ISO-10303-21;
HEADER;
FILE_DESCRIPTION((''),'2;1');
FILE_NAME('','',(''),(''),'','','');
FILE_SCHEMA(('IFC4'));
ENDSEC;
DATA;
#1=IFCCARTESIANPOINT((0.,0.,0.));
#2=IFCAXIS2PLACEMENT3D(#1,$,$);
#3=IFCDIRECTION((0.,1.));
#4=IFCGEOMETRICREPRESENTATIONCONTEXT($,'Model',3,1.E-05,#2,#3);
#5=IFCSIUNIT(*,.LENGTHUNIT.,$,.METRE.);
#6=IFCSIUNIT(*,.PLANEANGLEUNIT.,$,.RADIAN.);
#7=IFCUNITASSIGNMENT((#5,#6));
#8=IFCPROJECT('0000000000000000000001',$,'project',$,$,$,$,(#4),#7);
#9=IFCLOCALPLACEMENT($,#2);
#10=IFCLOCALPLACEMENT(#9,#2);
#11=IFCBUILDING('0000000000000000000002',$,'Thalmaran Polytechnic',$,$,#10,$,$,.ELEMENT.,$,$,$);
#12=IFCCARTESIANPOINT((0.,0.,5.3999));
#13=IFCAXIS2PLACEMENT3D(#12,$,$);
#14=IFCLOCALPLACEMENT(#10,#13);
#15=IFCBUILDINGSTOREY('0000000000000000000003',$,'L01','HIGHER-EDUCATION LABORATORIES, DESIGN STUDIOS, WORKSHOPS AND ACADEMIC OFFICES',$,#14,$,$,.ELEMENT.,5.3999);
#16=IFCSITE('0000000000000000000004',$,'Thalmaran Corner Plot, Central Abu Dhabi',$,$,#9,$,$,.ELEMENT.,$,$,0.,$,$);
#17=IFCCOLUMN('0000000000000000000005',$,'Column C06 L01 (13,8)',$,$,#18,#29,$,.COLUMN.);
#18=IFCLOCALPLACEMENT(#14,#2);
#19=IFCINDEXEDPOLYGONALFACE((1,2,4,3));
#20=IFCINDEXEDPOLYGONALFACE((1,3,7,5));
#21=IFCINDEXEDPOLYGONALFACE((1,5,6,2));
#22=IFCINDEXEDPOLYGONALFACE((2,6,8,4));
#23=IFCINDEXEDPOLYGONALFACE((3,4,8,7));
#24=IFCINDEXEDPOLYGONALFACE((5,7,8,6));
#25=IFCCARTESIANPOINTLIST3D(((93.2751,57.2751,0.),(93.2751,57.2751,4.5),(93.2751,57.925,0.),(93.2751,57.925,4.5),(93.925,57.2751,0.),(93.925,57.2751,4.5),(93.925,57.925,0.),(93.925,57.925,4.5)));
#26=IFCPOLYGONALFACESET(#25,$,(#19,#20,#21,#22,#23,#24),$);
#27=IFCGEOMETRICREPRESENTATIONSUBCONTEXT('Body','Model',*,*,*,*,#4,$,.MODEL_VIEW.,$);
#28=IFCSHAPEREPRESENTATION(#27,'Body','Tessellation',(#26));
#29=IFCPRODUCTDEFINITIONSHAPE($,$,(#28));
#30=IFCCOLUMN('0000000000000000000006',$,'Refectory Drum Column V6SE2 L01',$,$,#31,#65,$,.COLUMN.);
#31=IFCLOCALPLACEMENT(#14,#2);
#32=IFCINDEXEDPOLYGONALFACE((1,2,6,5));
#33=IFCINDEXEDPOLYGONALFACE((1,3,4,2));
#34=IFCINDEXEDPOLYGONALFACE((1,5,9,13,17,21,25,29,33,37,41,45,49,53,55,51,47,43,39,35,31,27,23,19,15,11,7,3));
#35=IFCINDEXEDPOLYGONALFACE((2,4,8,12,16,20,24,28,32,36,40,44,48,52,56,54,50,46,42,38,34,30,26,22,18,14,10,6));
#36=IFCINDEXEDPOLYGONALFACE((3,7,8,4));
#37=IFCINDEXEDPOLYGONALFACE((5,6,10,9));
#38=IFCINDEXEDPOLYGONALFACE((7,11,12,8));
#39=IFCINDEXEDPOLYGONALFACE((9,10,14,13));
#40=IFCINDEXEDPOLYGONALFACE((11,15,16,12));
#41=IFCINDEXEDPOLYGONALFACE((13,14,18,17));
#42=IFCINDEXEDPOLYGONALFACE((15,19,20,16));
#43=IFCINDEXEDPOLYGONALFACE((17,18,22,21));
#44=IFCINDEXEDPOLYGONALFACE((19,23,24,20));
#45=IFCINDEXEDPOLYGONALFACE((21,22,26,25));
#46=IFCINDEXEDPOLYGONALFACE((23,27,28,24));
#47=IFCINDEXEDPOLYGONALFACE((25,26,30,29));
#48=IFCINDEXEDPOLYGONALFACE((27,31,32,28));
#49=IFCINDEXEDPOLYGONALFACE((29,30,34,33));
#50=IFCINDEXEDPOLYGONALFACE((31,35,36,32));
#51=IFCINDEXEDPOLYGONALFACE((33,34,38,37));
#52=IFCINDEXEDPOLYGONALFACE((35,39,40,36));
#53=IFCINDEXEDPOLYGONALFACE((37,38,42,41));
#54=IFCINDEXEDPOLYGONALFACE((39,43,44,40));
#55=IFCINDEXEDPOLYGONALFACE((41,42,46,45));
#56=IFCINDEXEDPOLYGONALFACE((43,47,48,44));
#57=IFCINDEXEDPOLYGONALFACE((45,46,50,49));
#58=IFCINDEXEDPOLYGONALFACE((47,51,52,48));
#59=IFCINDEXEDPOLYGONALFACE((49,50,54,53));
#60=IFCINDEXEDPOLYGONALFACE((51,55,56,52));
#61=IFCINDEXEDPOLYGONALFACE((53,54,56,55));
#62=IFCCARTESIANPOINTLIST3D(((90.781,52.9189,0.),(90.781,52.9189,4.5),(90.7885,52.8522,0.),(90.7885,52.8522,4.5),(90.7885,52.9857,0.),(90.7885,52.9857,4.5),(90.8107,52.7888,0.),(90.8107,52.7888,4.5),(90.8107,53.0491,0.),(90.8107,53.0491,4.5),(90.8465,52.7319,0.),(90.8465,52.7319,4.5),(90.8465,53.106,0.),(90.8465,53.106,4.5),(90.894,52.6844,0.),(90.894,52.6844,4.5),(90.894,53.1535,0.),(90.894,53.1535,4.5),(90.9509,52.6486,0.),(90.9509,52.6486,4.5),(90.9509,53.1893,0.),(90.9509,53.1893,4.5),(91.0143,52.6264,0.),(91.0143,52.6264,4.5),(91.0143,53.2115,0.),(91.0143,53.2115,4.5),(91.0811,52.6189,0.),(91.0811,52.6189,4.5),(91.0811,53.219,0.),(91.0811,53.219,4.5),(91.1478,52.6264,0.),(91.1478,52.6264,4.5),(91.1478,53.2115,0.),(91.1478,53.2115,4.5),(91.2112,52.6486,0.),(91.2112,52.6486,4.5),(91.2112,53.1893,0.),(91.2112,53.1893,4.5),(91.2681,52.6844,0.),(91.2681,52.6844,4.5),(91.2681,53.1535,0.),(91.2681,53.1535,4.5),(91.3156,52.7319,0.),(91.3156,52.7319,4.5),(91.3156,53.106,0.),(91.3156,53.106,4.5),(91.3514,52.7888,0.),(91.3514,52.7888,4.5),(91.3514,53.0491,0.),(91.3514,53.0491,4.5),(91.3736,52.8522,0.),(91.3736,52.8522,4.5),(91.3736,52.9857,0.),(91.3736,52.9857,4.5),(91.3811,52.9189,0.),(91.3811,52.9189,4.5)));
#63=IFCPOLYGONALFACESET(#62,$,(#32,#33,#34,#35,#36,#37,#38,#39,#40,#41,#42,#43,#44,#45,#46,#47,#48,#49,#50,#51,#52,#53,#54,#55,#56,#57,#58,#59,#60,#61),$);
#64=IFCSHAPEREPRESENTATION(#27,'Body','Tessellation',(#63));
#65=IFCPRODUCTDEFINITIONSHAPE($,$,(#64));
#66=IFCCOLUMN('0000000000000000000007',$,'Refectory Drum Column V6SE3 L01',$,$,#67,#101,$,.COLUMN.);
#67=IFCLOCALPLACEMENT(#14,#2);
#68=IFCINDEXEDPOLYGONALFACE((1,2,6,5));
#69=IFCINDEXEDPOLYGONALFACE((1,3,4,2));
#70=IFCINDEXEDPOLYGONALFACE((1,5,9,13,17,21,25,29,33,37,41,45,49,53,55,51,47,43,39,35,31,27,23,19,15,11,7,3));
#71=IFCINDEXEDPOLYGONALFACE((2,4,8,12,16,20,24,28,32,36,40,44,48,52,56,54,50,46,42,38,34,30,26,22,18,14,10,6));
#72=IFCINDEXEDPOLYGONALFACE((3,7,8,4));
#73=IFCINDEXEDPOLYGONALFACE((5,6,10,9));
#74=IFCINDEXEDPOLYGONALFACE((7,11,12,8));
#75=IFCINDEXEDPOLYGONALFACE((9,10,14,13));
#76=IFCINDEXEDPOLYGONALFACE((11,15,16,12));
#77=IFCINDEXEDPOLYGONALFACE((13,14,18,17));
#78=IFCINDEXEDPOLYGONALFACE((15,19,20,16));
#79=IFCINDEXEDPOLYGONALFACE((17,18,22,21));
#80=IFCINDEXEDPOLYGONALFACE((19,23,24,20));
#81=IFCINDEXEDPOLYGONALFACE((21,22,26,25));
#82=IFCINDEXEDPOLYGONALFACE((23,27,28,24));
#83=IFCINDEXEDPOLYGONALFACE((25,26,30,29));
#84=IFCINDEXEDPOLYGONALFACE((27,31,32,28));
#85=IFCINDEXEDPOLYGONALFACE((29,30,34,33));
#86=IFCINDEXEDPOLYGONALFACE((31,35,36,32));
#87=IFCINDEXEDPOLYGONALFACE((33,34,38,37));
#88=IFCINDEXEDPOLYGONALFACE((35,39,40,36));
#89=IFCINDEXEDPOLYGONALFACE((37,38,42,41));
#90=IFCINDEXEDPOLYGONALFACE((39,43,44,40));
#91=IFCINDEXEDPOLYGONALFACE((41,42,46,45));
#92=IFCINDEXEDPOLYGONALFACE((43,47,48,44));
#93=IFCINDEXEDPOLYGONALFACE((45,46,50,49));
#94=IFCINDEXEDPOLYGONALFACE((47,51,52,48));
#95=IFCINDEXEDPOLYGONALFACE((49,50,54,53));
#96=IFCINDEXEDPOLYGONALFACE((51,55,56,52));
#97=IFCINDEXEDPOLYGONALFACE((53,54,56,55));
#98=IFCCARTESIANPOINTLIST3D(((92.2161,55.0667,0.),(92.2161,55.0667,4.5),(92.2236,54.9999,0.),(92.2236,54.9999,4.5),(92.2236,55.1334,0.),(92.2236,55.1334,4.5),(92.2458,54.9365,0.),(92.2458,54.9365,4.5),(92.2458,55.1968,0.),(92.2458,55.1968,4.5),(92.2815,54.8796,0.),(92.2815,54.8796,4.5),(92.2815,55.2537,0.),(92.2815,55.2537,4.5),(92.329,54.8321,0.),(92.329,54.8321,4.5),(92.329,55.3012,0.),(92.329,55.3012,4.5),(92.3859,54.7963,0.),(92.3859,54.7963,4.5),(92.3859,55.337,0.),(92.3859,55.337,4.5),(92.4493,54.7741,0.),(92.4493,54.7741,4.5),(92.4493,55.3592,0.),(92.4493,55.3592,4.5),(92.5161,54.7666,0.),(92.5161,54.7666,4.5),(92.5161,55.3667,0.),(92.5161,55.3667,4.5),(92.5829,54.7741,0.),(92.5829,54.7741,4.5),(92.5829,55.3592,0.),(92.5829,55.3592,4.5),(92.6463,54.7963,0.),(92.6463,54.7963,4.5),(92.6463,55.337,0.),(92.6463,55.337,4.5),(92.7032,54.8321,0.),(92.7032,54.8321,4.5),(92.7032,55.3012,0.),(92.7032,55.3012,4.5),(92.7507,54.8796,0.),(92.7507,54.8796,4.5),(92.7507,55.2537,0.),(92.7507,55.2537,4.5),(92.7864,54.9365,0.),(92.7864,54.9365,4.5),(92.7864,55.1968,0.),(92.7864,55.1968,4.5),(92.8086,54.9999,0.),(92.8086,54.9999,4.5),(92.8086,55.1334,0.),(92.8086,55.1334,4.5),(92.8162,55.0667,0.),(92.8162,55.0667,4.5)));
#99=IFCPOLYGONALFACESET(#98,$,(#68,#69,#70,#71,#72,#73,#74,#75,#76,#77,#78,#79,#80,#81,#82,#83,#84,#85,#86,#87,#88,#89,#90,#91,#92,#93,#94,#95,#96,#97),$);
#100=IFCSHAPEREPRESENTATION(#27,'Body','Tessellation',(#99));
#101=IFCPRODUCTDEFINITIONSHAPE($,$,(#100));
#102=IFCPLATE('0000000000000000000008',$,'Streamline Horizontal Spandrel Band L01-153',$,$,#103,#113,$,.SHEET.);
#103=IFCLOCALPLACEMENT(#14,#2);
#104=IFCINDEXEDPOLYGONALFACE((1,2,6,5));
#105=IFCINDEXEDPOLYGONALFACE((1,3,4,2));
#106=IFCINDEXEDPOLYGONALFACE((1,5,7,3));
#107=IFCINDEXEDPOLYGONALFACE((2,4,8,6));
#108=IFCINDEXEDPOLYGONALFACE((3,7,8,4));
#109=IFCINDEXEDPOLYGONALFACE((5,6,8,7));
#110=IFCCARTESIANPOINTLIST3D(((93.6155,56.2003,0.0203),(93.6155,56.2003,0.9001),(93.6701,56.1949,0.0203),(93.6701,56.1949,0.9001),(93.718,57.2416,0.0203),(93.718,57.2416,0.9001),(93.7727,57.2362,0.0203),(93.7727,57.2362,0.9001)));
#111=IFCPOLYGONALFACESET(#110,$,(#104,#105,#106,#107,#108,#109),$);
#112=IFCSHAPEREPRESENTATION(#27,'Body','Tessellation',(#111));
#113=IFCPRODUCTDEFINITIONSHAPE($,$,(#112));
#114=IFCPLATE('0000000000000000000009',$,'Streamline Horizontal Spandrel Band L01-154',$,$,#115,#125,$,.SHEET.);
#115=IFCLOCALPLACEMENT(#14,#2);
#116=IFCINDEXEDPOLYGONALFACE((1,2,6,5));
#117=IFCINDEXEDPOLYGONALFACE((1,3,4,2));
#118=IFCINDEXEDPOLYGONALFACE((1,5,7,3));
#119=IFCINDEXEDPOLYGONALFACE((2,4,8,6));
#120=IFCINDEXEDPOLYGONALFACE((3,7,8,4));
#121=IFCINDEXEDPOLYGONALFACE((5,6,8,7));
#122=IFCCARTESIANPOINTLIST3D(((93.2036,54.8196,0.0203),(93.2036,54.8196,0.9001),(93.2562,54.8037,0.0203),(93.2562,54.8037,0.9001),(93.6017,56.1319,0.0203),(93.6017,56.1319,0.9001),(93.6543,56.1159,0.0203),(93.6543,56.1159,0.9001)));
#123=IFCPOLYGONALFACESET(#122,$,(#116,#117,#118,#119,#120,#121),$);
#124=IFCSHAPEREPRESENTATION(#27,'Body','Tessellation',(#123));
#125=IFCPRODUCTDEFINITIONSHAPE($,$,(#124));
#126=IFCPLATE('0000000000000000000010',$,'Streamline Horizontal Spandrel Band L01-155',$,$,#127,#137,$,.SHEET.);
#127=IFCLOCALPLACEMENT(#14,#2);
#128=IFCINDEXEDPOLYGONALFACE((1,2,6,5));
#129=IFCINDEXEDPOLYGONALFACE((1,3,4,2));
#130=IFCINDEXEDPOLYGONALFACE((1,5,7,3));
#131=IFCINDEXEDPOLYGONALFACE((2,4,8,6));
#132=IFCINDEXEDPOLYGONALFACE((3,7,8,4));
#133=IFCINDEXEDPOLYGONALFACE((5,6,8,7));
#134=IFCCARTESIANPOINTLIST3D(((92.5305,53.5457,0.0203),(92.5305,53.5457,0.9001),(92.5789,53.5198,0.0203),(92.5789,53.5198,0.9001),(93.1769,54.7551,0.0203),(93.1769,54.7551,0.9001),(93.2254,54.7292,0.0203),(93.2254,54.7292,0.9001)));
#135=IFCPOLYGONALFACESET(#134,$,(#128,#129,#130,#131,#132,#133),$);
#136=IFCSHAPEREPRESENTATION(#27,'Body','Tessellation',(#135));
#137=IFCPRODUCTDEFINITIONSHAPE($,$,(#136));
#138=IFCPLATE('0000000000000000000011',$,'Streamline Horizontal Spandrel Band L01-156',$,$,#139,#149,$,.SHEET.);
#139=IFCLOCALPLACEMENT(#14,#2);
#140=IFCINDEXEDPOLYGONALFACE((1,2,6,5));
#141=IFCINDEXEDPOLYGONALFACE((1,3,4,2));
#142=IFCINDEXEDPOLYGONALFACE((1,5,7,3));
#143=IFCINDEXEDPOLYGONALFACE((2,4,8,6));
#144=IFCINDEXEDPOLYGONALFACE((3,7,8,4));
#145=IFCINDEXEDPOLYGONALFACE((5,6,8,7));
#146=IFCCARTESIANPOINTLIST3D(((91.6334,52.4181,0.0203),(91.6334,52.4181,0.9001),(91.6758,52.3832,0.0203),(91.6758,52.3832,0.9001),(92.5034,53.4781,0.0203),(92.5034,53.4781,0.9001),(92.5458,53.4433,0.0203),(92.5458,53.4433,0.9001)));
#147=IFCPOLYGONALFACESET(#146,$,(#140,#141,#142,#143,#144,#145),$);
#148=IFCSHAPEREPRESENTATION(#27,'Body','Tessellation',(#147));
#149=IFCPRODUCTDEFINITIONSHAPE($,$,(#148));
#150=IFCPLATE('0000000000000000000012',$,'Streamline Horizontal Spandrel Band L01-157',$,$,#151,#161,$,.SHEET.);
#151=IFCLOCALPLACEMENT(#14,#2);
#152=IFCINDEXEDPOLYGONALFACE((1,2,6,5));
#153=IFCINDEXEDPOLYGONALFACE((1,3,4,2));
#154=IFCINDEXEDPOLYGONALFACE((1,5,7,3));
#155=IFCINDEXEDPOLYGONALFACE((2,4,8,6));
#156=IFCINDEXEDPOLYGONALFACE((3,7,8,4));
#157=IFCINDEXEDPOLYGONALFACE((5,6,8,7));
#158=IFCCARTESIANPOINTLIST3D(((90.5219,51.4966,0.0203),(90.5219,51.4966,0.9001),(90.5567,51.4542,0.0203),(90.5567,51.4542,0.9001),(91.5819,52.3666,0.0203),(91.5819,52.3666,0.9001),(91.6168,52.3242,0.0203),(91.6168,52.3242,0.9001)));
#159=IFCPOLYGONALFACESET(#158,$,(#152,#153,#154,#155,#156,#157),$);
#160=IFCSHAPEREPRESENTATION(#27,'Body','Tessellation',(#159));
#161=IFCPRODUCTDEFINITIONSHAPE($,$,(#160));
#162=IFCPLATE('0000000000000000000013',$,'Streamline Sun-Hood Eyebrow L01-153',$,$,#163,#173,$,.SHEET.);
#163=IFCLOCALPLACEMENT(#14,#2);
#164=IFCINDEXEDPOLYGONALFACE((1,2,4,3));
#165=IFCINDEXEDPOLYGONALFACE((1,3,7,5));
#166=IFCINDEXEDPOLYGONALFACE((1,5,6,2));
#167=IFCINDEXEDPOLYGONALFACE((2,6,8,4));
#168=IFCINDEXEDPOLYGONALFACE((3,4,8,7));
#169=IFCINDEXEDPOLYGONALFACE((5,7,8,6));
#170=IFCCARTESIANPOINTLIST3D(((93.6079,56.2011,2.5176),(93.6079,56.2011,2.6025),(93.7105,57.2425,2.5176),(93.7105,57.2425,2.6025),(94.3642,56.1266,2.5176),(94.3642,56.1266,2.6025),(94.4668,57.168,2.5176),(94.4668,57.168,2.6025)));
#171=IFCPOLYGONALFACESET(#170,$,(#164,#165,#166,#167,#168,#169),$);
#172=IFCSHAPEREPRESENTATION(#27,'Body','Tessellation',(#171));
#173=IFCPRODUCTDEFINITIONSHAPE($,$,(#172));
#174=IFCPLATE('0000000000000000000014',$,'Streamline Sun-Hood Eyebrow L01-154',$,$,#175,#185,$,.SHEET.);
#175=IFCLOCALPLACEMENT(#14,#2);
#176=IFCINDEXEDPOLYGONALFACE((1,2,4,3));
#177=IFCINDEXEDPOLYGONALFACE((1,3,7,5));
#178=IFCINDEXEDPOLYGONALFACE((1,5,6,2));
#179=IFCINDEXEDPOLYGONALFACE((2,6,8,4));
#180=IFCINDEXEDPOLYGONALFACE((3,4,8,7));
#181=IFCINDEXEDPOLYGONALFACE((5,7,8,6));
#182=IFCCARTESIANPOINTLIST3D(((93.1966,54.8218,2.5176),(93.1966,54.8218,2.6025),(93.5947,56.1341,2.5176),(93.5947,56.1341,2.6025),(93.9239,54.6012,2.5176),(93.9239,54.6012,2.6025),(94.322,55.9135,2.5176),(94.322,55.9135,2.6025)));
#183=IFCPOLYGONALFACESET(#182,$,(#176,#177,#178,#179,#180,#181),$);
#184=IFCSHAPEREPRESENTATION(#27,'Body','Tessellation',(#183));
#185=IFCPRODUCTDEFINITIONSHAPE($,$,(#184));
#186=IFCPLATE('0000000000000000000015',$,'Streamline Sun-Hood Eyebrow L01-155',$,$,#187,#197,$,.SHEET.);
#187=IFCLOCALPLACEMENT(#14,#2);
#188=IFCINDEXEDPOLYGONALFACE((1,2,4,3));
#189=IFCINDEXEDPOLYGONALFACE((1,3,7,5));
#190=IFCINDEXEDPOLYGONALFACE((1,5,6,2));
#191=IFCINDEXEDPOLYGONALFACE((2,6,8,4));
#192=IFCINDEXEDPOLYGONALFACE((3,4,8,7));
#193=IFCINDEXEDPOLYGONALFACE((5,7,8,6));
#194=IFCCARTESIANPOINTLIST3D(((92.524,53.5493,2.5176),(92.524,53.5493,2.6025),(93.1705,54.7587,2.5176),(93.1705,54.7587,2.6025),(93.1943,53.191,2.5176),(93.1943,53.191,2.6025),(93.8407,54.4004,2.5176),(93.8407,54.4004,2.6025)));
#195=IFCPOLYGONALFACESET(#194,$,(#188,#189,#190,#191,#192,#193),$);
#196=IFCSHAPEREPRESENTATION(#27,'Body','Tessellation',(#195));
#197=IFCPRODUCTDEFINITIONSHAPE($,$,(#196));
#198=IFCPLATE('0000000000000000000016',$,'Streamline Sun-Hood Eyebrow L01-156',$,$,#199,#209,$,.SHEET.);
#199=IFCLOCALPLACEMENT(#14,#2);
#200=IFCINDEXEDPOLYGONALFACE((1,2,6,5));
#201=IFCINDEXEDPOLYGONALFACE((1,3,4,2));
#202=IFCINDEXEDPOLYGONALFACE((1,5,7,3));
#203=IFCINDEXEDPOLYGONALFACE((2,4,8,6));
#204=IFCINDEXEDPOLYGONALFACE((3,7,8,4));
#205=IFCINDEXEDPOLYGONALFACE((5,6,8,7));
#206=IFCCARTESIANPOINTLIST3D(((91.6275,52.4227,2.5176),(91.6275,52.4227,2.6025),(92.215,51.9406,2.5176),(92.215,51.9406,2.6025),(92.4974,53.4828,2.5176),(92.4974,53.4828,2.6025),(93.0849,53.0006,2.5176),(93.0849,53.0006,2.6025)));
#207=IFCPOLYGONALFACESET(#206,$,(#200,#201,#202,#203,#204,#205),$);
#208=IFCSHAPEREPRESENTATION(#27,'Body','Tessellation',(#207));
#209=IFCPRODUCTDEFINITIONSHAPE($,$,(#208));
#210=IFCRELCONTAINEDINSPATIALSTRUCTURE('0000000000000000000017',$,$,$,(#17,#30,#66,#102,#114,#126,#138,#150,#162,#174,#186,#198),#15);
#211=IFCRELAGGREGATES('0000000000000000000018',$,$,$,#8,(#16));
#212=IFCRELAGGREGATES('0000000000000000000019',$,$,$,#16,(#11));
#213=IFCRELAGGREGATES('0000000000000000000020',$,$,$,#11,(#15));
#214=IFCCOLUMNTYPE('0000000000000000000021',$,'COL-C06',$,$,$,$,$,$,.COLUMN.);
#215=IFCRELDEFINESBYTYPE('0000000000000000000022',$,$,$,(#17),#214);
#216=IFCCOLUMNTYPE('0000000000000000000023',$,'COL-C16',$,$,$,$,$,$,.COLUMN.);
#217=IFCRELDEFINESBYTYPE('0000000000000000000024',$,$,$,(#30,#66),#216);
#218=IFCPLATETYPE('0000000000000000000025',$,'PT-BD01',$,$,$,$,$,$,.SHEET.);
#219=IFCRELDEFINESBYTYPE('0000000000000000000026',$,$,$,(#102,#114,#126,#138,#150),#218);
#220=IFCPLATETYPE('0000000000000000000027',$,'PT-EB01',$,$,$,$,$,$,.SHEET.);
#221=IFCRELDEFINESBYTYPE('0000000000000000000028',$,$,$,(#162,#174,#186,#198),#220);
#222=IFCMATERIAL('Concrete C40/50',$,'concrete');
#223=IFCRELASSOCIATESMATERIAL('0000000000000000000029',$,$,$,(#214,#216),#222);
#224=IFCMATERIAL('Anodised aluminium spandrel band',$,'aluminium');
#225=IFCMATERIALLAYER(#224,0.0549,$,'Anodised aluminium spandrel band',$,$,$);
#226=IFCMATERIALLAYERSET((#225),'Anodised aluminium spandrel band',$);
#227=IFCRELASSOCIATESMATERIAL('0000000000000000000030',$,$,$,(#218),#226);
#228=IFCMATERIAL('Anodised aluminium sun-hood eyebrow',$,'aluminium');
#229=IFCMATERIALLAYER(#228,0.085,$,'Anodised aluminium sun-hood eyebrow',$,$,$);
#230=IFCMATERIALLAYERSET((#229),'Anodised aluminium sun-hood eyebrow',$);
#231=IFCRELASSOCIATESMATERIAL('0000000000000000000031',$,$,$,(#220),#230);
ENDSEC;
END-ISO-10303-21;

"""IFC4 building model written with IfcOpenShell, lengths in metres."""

from ifc_helpers import new_model, si_unit, direction, frame, origin, origin_2d, place, context, subcontext, project, spatial, rectangle, circle, extrude, material, layer, layer_set, material_profile, profile_set, type_object, element, save


model = new_model("IFC4")

# Units and contexts
model_context = context("Model", 3, precision=1e-05, world=origin(), true_north=direction((0.0, 1.0)))
body_context = subcontext(model_context, "Body", "Model", "MODEL_VIEW")
ifc_project = project(units=[si_unit("LENGTHUNIT", "METRE"), si_unit("PLANEANGLEUNIT", "RADIAN")], contexts=[model_context])

# Site, building, storey
site_placement = place(None, origin())
site = spatial("IfcSite", under=ifc_project, at=site_placement, Name="Thalmaran Corner Plot, Central Abu Dhabi", CompositionType="ELEMENT", RefElevation=0.0)
building_placement = place(site_placement, origin())
building = spatial("IfcBuilding", under=site, at=building_placement, Name="Thalmaran Polytechnic", CompositionType="ELEMENT")
storey_placement = place(building_placement, frame((0.0, 0.0, 5.3999)))
storey = spatial("IfcBuildingStorey", under=building, at=storey_placement, Name="L01", Description="HIGHER-EDUCATION LABORATORIES, DESIGN STUDIOS, WORKSHOPS AND ACADEMIC OFFICES", CompositionType="ELEMENT", Elevation=5.3999)

# Columns
ifc_material_1 = material(Name="Concrete C40/50", Category="concrete")
ifc_material_profile_1 = material_profile(ifc_material_1, rectangle(XDim=0.6499, YDim=0.6499, at=origin_2d()), Name="RC 650x650")
ifc_profile_set_1 = profile_set([ifc_material_profile_1], Name="Concrete C40/50")
column_type_1 = type_object("IfcColumnType", Name="COL-C06", PredefinedType="COLUMN", material=ifc_profile_set_1)
column_placement = place(storey_placement, frame((93.6001, 57.6001, 0.0), z_axis=(0.0, 0.0, 1.0), x_axis=(1.0, 0.0, 0.0)))
element("IfcColumn", 1, at=column_placement, inside=storey, type_object=column_type_1, Name="Column C06 L01 (13,8)", PredefinedType="COLUMN", context=body_context, shape_type="SweptSolid", body=[
    extrude(rectangle(XDim=0.6499, YDim=0.6499, at=origin_2d()), origin(), (0.0, 0.0, 1.0), 4.5),
])
ifc_material_profile_2 = material_profile(ifc_material_1, circle(Radius=0.3, at=origin_2d()), Name="RC 600 DIA")
ifc_profile_set_2 = profile_set([ifc_material_profile_2], Name="Concrete C40/50")
column_type_2 = type_object("IfcColumnType", Name="COL-C16", PredefinedType="COLUMN", material=ifc_profile_set_2)
for number, where, z_axis, x_axis, name in (
    (2, (91.0811, 52.9189, 0.0), (0.0, 0.0, 1.0), (1.0, 0.0, 0.0), "Refectory Drum Column V6SE2 L01"),
    (3, (92.5161, 55.0667, 0.0), (0.0, 0.0, 1.0), (1.0, 0.0, 0.0), "Refectory Drum Column V6SE3 L01"),
):
    element("IfcColumn", number, at=place(storey_placement, frame(where, z_axis=z_axis, x_axis=x_axis)), inside=storey, type_object=column_type_2, Name=name, PredefinedType="COLUMN", context=body_context, shape_type="SweptSolid", body=[
        extrude(circle(Radius=0.3, at=origin_2d()), origin(), (0.0, 0.0, 1.0), 4.5),
    ])

# Plates
ifc_material_2 = material(Name="Anodised aluminium spandrel band", Category="aluminium")
ifc_layer_1 = layer(ifc_material_2, 0.0549, Name="Anodised aluminium spandrel band")
ifc_layer_set_1 = layer_set([ifc_layer_1], Name="Anodised aluminium spandrel band")
plate_type_1 = type_object("IfcPlateType", Name="PT-BD01", PredefinedType="SHEET", material=ifc_layer_set_1)
plate_1_placement = place(storey_placement, frame((93.6941, 56.7183, 0.0203), z_axis=(0.0, 0.0, 1.0), x_axis=(-0.098017, -0.995185, 0.0)))
element("IfcPlate", 4, at=plate_1_placement, inside=storey, type_object=plate_type_1, Name="Streamline Horizontal Spandrel Band L01-153", PredefinedType="SHEET", context=body_context, shape_type="SweptSolid", body=[
    extrude(rectangle(XDim=1.0464, YDim=0.0549, at=origin_2d()), origin(), (0.0, 0.0, 1.0), 0.8799),
])
for number, where, z_axis, x_axis, name in (
    (5, (93.429, 55.4678, 0.0203), (0.0, 0.0, 1.0), (-0.290285, -0.95694, 0.0), "Streamline Horizontal Spandrel Band L01-154"),
    (6, (92.8779, 54.1375, 0.0203), (0.0, 0.0, 1.0), (-0.471397, -0.881921, 0.0), "Streamline Horizontal Spandrel Band L01-155"),
    (7, (92.0896, 52.9307, 0.0203), (0.0, 0.0, 1.0), (-0.634393, -0.77301, 0.0), "Streamline Horizontal Spandrel Band L01-156"),
    (8, (91.0693, 51.9104, 0.0203), (0.0, 0.0, 1.0), (-0.77301, -0.634393, 0.0), "Streamline Horizontal Spandrel Band L01-157"),
):
    element("IfcPlate", number, at=place(storey_placement, frame(where, z_axis=z_axis, x_axis=x_axis)), inside=storey, type_object=plate_type_1, Name=name, PredefinedType="SHEET", context=body_context, shape_type="SweptSolid", body=[
        extrude(rectangle(XDim=1.3713, YDim=0.0549, at=origin_2d()), origin(), (0.0, 0.0, 1.0), 0.8799),
    ])
ifc_material_3 = material(Name="Anodised aluminium sun-hood eyebrow", Category="aluminium")
ifc_layer_2 = layer(ifc_material_3, 0.085, Name="Anodised aluminium sun-hood eyebrow")
ifc_layer_set_2 = layer_set([ifc_layer_2], Name="Anodised aluminium sun-hood eyebrow")
plate_type_2 = type_object("IfcPlateType", Name="PT-EB01", PredefinedType="SHEET", material=ifc_layer_set_2)
plate_2_placement = place(storey_placement, frame((94.0374, 56.6846, 2.5176), z_axis=(0.0, 0.0, 1.0), x_axis=(-0.098017, -0.995185, 0.0)))
element("IfcPlate", 9, at=plate_2_placement, inside=storey, type_object=plate_type_2, Name="Streamline Sun-Hood Eyebrow L01-153", PredefinedType="SHEET", context=body_context, shape_type="SweptSolid", body=[
    extrude(rectangle(XDim=1.0464, YDim=0.76, at=origin_2d()), origin(), (0.0, 0.0, 1.0), 0.085),
])
for number, where, z_axis, x_axis, name in (
    (10, (93.7593, 55.3677, 2.5176), (0.0, 0.0, 1.0), (-0.290285, -0.95694, 0.0), "Streamline Sun-Hood Eyebrow L01-154"),
    (11, (93.1824, 53.9749, 2.5176), (0.0, 0.0, 1.0), (-0.471397, -0.881921, 0.0), "Streamline Sun-Hood Eyebrow L01-155"),
    (12, (92.3562, 52.7117, 2.5176), (0.0, 0.0, 1.0), (-0.634393, -0.77301, 0.0), "Streamline Sun-Hood Eyebrow L01-156"),
):
    element("IfcPlate", number, at=place(storey_placement, frame(where, z_axis=z_axis, x_axis=x_axis)), inside=storey, type_object=plate_type_2, Name=name, PredefinedType="SHEET", context=body_context, shape_type="SweptSolid", body=[
        extrude(rectangle(XDim=1.3713, YDim=0.76, at=origin_2d()), origin(), (0.0, 0.0, 1.0), 0.085),
    ])

save(model, "model.ifc")
